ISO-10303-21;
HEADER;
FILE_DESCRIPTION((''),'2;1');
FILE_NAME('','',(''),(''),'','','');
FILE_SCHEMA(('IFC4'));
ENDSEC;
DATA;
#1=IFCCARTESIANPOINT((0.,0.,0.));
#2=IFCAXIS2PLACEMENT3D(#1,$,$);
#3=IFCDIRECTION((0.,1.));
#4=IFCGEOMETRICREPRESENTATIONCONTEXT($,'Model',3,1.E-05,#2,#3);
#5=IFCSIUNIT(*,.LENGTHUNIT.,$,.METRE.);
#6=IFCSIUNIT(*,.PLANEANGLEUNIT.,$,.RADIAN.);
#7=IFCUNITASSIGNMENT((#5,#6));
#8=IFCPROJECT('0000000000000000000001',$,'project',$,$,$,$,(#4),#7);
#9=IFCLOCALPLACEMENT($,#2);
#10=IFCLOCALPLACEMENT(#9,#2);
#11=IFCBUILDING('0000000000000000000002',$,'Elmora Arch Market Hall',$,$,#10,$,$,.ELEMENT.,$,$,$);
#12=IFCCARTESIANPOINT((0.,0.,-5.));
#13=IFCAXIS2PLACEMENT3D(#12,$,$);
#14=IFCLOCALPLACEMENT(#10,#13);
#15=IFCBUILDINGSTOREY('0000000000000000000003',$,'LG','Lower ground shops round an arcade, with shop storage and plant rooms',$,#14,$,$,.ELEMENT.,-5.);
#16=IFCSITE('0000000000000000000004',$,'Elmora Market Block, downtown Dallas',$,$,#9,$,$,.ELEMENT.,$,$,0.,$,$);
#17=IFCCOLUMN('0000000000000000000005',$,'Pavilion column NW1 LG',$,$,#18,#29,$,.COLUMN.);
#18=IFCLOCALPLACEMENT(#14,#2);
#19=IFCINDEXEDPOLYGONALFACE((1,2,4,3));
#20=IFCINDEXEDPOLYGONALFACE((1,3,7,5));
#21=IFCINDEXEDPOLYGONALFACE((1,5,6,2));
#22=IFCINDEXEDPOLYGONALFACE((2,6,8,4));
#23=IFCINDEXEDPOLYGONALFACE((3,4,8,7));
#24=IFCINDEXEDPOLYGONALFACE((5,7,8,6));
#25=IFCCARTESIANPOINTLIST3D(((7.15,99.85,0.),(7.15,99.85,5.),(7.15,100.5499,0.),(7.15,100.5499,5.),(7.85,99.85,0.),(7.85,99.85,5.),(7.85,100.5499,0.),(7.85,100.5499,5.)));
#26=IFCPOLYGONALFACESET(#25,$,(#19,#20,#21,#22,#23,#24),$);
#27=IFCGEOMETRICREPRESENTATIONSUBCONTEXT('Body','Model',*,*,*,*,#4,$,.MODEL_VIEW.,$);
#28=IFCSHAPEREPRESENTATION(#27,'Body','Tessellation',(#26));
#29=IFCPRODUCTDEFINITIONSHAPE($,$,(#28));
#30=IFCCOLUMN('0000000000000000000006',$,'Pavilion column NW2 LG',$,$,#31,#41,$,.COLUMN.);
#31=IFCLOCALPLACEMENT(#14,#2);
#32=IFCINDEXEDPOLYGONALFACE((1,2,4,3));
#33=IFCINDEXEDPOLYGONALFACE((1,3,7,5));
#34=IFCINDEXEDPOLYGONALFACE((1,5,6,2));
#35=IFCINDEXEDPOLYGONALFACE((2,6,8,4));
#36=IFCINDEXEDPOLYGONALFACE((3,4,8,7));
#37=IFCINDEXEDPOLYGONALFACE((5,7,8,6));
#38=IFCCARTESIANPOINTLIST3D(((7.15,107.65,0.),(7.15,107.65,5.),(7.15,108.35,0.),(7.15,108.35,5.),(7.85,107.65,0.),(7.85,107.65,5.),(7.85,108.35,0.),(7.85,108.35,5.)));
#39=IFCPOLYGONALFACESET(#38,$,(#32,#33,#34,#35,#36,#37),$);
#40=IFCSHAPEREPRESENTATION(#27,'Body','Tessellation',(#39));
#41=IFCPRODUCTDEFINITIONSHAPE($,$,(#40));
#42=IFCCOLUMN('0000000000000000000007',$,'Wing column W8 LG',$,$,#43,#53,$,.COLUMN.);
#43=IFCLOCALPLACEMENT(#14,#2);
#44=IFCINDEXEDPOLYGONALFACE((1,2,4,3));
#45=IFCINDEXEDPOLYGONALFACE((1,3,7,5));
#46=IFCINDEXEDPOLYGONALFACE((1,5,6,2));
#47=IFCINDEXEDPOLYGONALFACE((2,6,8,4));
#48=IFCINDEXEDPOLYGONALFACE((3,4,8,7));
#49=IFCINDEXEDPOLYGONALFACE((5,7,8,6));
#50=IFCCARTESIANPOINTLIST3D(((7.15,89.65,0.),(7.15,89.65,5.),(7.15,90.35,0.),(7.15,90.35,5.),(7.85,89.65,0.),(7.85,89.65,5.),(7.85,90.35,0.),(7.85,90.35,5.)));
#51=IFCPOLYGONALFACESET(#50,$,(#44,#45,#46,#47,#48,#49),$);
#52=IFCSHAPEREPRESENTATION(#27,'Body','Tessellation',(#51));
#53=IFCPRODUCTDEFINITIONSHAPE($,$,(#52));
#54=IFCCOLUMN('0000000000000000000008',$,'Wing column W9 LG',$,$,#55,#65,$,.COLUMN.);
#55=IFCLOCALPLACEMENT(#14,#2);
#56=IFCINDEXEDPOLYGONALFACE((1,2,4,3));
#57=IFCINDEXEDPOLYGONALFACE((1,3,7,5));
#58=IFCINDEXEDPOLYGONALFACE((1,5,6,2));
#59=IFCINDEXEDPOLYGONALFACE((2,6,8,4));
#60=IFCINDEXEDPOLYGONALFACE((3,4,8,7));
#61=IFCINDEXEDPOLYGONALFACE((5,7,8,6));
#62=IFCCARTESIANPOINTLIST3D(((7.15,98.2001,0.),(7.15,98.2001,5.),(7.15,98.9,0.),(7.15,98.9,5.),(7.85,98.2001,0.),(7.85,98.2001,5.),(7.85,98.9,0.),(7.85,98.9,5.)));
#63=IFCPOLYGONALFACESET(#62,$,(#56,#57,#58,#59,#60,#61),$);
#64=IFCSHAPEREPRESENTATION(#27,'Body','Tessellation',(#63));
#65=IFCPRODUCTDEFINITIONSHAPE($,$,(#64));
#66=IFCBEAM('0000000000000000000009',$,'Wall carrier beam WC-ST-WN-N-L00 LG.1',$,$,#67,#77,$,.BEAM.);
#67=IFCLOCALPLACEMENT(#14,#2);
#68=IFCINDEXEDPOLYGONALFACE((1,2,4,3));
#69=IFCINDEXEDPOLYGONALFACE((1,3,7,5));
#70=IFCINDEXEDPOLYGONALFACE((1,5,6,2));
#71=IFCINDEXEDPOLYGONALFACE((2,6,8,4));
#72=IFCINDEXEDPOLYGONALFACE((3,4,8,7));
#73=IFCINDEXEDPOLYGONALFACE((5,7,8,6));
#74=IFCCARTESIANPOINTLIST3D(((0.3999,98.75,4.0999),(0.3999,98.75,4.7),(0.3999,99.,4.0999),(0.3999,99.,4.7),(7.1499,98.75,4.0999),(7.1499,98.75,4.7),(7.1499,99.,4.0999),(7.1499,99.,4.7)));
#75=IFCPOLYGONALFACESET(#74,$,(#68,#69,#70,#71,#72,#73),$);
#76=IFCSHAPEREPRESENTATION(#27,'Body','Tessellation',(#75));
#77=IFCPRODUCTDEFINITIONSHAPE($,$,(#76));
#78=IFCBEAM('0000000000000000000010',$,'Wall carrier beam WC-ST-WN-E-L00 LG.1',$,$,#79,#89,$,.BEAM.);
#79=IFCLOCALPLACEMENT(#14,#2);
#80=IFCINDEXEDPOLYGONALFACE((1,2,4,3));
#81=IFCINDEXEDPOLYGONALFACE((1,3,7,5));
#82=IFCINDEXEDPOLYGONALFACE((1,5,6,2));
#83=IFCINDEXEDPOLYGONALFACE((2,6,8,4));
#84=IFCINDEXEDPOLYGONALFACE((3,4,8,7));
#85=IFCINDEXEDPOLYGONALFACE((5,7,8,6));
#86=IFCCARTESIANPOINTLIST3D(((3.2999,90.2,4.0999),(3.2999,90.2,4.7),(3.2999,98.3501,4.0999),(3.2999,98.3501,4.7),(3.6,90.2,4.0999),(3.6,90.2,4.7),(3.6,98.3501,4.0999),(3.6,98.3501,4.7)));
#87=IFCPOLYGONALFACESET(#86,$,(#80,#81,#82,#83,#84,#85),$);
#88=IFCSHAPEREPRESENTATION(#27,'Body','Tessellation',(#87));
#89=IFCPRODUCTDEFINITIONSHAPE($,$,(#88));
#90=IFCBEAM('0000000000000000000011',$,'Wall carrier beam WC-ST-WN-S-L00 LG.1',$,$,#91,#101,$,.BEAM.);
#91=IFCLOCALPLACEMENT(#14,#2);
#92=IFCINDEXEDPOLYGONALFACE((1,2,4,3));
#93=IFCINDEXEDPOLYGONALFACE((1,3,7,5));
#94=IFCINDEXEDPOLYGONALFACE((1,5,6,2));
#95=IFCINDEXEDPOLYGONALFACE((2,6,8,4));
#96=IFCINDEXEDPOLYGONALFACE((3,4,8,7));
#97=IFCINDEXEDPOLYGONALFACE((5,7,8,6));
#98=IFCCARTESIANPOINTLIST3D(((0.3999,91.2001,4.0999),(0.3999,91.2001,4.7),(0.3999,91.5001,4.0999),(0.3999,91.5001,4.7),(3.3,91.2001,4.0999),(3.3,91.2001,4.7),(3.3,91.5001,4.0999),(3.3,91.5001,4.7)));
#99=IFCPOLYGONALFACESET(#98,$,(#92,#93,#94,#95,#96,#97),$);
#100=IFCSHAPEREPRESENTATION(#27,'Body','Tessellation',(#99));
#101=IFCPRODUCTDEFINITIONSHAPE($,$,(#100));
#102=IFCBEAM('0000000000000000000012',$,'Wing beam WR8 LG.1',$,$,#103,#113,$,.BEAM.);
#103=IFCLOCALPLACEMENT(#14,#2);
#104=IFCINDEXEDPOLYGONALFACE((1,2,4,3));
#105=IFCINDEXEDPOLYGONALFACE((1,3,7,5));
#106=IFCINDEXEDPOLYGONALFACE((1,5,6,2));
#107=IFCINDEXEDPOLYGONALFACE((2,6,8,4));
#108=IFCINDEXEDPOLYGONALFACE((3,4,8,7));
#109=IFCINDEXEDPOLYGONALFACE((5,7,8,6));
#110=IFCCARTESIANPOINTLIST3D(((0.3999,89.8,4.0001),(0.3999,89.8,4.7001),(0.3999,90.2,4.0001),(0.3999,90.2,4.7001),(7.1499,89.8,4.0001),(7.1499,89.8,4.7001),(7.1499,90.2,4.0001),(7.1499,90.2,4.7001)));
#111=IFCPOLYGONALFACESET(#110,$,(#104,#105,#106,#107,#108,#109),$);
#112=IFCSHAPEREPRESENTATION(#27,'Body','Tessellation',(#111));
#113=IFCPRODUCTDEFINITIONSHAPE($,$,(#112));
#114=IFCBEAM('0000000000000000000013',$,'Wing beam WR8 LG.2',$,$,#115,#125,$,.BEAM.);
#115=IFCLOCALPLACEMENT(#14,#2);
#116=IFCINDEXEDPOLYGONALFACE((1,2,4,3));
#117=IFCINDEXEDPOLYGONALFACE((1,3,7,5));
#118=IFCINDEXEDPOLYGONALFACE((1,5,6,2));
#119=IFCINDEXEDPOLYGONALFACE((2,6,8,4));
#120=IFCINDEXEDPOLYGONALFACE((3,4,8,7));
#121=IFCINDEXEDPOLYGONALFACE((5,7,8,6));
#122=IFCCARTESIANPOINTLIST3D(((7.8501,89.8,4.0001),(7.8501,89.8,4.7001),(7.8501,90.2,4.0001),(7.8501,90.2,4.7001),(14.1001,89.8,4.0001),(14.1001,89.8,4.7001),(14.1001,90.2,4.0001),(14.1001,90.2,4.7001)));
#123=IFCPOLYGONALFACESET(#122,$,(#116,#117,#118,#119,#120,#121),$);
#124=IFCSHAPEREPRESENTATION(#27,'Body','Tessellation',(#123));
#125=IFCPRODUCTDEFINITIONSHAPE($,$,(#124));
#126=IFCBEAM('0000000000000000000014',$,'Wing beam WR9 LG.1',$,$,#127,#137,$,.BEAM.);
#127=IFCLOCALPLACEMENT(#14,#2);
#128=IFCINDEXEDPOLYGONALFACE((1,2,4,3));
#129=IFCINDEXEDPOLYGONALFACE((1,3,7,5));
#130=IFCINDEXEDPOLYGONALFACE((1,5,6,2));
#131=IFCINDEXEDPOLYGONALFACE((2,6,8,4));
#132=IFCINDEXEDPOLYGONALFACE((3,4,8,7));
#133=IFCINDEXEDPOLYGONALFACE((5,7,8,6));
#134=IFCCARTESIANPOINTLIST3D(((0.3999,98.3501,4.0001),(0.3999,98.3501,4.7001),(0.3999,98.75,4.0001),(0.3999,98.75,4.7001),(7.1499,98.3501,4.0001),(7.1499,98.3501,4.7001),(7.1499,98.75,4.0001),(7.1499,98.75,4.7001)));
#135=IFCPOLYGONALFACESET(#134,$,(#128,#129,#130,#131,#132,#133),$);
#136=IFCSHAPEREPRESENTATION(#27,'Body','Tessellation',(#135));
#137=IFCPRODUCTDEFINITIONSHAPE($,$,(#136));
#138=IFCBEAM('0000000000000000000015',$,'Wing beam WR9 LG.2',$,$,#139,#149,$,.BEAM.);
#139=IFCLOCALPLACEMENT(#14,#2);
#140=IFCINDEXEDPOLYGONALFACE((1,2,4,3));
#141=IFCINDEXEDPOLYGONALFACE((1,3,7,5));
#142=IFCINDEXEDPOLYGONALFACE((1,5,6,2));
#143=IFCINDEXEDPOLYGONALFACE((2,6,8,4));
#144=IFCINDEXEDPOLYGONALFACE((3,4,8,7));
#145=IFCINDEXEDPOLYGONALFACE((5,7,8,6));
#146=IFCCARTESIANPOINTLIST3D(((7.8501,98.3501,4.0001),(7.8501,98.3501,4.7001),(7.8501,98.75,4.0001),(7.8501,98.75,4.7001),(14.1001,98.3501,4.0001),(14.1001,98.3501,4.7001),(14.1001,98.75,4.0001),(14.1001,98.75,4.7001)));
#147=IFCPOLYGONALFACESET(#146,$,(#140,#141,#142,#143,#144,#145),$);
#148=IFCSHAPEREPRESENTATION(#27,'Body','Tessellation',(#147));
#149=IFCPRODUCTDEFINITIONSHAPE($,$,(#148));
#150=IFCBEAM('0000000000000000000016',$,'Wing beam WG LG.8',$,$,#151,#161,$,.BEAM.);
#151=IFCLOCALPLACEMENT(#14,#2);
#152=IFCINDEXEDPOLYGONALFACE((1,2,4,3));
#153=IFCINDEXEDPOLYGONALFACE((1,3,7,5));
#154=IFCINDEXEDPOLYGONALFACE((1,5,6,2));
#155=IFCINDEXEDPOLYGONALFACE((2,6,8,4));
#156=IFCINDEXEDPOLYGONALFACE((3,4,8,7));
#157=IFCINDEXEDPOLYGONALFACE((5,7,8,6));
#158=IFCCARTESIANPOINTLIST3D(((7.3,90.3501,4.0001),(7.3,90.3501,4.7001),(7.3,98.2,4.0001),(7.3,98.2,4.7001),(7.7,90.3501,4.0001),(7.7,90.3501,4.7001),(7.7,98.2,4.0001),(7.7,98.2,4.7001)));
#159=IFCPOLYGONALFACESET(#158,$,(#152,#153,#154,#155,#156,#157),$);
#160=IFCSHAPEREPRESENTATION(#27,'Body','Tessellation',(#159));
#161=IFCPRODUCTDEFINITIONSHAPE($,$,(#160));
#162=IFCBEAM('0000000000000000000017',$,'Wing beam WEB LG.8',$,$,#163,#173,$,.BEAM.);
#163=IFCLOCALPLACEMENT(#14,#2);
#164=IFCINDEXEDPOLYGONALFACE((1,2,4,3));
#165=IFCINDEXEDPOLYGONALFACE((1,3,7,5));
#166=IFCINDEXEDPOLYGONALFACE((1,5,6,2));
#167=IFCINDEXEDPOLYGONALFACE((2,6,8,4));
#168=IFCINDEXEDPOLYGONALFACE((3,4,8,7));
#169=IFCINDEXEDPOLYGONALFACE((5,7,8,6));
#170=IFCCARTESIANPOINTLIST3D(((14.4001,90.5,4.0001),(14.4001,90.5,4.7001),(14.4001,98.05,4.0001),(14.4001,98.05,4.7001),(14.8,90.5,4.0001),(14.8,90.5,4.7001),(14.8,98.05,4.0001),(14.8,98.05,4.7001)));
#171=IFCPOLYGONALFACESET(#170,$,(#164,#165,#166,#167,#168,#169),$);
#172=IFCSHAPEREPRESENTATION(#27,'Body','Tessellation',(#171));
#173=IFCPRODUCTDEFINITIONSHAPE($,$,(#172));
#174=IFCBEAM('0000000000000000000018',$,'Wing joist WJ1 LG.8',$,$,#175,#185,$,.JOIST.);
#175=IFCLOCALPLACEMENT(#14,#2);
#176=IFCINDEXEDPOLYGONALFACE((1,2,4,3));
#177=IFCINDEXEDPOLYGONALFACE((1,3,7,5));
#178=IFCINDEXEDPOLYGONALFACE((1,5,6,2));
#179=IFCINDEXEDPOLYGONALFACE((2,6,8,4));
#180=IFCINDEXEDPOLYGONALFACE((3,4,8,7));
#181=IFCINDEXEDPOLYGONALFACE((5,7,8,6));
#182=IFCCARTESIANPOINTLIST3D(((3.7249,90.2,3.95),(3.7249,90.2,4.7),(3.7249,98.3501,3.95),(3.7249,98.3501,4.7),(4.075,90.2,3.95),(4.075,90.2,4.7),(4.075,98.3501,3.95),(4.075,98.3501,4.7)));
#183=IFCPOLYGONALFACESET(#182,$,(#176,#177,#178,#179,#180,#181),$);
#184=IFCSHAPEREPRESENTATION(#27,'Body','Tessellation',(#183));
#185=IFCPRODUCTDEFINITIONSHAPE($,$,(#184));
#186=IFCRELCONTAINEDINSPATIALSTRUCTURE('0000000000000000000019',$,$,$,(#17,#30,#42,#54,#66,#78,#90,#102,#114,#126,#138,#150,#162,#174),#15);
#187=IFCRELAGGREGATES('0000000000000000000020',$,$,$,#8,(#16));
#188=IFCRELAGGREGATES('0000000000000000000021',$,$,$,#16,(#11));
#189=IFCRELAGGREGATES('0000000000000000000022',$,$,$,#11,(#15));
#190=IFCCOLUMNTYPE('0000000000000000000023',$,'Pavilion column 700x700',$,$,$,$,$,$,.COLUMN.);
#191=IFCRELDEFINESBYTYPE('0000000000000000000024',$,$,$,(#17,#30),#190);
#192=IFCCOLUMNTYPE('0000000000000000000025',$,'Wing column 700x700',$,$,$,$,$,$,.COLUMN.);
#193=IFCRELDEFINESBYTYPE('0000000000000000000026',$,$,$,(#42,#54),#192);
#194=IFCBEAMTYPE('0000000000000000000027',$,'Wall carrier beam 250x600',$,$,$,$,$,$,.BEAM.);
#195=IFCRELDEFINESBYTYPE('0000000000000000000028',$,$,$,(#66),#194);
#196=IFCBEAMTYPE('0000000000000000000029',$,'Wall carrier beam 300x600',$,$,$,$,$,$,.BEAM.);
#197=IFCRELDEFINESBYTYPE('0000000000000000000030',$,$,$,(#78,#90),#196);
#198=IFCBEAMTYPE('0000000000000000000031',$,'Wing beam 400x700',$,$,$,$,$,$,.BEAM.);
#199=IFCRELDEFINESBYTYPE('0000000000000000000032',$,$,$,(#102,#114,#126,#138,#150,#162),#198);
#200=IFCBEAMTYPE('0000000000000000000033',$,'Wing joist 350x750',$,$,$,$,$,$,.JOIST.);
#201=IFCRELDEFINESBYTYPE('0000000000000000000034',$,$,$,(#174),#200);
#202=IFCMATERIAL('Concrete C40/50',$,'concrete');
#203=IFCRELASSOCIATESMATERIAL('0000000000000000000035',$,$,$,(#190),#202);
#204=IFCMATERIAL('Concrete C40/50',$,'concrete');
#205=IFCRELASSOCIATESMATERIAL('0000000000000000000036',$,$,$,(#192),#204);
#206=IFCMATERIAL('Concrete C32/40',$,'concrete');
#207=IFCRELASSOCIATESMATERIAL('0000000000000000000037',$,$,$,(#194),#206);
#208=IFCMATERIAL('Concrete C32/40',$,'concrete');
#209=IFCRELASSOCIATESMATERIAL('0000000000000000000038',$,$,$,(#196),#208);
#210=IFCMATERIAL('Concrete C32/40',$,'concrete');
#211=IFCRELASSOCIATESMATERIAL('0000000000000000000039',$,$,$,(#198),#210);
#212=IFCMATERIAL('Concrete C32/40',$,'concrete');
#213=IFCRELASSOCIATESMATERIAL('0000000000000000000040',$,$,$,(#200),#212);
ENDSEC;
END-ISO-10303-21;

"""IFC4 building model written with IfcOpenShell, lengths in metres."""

from ifc_helpers import new_model, si_unit, direction, frame, origin, origin_2d, place, context, subcontext, project, spatial, rectangle, extrude, material, material_profile, profile_set, type_object, element, save


model = new_model("IFC4")

# Units and contexts
model_context = context("Model", 3, precision=1e-05, world=origin(), true_north=direction((0.0, 1.0)))
body_context = subcontext(model_context, "Body", "Model", "MODEL_VIEW")
ifc_project = project(units=[si_unit("LENGTHUNIT", "METRE"), si_unit("PLANEANGLEUNIT", "RADIAN")], contexts=[model_context])

# Site, building, storey
site_placement = place(None, origin())
site = spatial("IfcSite", under=ifc_project, at=site_placement, Name="Elmora Market Block, downtown Dallas", CompositionType="ELEMENT", RefElevation=0.0)
building_placement = place(site_placement, origin())
building = spatial("IfcBuilding", under=site, at=building_placement, Name="Elmora Arch Market Hall", CompositionType="ELEMENT")
storey_placement = place(building_placement, frame((0.0, 0.0, -5.0)))
storey = spatial("IfcBuildingStorey", under=building, at=storey_placement, Name="LG", Description="Lower ground shops round an arcade, with shop storage and plant rooms", CompositionType="ELEMENT", Elevation=-5.0)

# Columns
ifc_material_1 = material(Name="Concrete C40/50", Category="concrete")
ifc_material_profile_1 = material_profile(ifc_material_1, rectangle(XDim=0.7, YDim=0.7, at=origin_2d()), Name="Pavilion column 700x700")
ifc_profile_set_1 = profile_set([ifc_material_profile_1], Name="Concrete C40/50")
column_type_1 = type_object("IfcColumnType", Name="Pavilion column 700x700", PredefinedType="COLUMN", material=ifc_profile_set_1)
for number, where, z_axis, x_axis, name in (
    (1, (7.5, 100.2, 0.0), (0.0, 0.0, 1.0), (1.0, 0.0, 0.0), "Pavilion column NW1 LG"),
    (2, (7.5, 108.0, 0.0), (0.0, 0.0, 1.0), (1.0, 0.0, 0.0), "Pavilion column NW2 LG"),
):
    element("IfcColumn", number, at=place(storey_placement, frame(where, z_axis=z_axis, x_axis=x_axis)), inside=storey, type_object=column_type_1, Name=name, PredefinedType="COLUMN", context=body_context, shape_type="SweptSolid", body=[
        extrude(rectangle(XDim=0.7, YDim=0.7, at=origin_2d()), origin(), (0.0, 0.0, 1.0), 5.0),
    ])
ifc_material_2 = material(Name="Concrete C40/50", Category="concrete")
ifc_material_profile_2 = material_profile(ifc_material_2, rectangle(XDim=0.7, YDim=0.7, at=origin_2d()), Name="Wing column 700x700")
ifc_profile_set_2 = profile_set([ifc_material_profile_2], Name="Concrete C40/50")
column_type_2 = type_object("IfcColumnType", Name="Wing column 700x700", PredefinedType="COLUMN", material=ifc_profile_set_2)
for number, where, z_axis, x_axis, name in (
    (3, (7.5, 90.0, 0.0), (0.0, 0.0, 1.0), (1.0, 0.0, 0.0), "Wing column W8 LG"),
    (4, (7.5, 98.55, 0.0), (0.0, 0.0, 1.0), (1.0, 0.0, 0.0), "Wing column W9 LG"),
):
    element("IfcColumn", number, at=place(storey_placement, frame(where, z_axis=z_axis, x_axis=x_axis)), inside=storey, type_object=column_type_2, Name=name, PredefinedType="COLUMN", context=body_context, shape_type="SweptSolid", body=[
        extrude(rectangle(XDim=0.7, YDim=0.7, at=origin_2d()), origin(), (0.0, 0.0, 1.0), 5.0),
    ])

# Beams
ifc_material_3 = material(Name="Concrete C32/40", Category="concrete")
ifc_material_profile_3 = material_profile(ifc_material_3, rectangle(XDim=0.25, YDim=0.6001, at=origin_2d()), Name="Wall carrier beam 250x600")
ifc_profile_set_3 = profile_set([ifc_material_profile_3], Name="Concrete C32/40")
beam_type_1 = type_object("IfcBeamType", Name="Wall carrier beam 250x600", PredefinedType="BEAM", material=ifc_profile_set_3)
beam_1_placement = place(storey_placement, frame((0.3999, 98.875, 4.3999), z_axis=(1.0, 0.0, 0.0), x_axis=(0.0, 1.0, 0.0)))
element("IfcBeam", 5, at=beam_1_placement, inside=storey, type_object=beam_type_1, Name="Wall carrier beam WC-ST-WN-N-L00 LG.1", PredefinedType="BEAM", context=body_context, shape_type="SweptSolid", body=[
    extrude(rectangle(XDim=0.25, YDim=0.6001, at=origin_2d()), origin(), (0.0, 0.0, 1.0), 6.75),
])
ifc_material_4 = material(Name="Concrete C32/40", Category="concrete")
ifc_material_profile_4 = material_profile(ifc_material_4, rectangle(XDim=0.3, YDim=0.6001, at=origin_2d()), Name="Wall carrier beam 300x600")
ifc_profile_set_4 = profile_set([ifc_material_profile_4], Name="Concrete C32/40")
beam_type_2 = type_object("IfcBeamType", Name="Wall carrier beam 300x600", PredefinedType="BEAM", material=ifc_profile_set_4)
beam_2_placement = place(storey_placement, frame((3.45, 90.2, 4.3999), z_axis=(0.0, 1.0, 0.0), x_axis=(-1.0, 0.0, 0.0)))
element("IfcBeam", 6, at=beam_2_placement, inside=storey, type_object=beam_type_2, Name="Wall carrier beam WC-ST-WN-E-L00 LG.1", PredefinedType="BEAM", context=body_context, shape_type="SweptSolid", body=[
    extrude(rectangle(XDim=0.3, YDim=0.6001, at=origin_2d()), origin(), (0.0, 0.0, 1.0), 8.1501),
])
beam_3_placement = place(storey_placement, frame((0.3999, 91.3501, 4.3999), z_axis=(1.0, 0.0, 0.0), x_axis=(0.0, 1.0, 0.0)))
element("IfcBeam", 7, at=beam_3_placement, inside=storey, type_object=beam_type_2, Name="Wall carrier beam WC-ST-WN-S-L00 LG.1", PredefinedType="BEAM", context=body_context, shape_type="SweptSolid", body=[
    extrude(rectangle(XDim=0.3, YDim=0.6001, at=origin_2d()), origin(), (0.0, 0.0, 1.0), 2.9001),
])
ifc_material_5 = material(Name="Concrete C32/40", Category="concrete")
ifc_material_profile_5 = material_profile(ifc_material_5, rectangle(XDim=0.3999, YDim=0.7, at=origin_2d()), Name="Wing beam 400x700")
ifc_profile_set_5 = profile_set([ifc_material_profile_5], Name="Concrete C32/40")
beam_type_3 = type_object("IfcBeamType", Name="Wing beam 400x700", PredefinedType="BEAM", material=ifc_profile_set_5)
beam_4_placement = place(storey_placement, frame((0.3999, 90.0, 4.3501), z_axis=(1.0, 0.0, 0.0), x_axis=(0.0, 1.0, 0.0)))
element("IfcBeam", 8, at=beam_4_placement, inside=storey, type_object=beam_type_3, Name="Wing beam WR8 LG.1", PredefinedType="BEAM", context=body_context, shape_type="SweptSolid", body=[
    extrude(rectangle(XDim=0.3999, YDim=0.7, at=origin_2d()), origin(), (0.0, 0.0, 1.0), 6.75),
])
beam_5_placement = place(storey_placement, frame((7.8501, 90.0, 4.3501), z_axis=(1.0, 0.0, 0.0), x_axis=(0.0, 1.0, 0.0)))
element("IfcBeam", 9, at=beam_5_placement, inside=storey, type_object=beam_type_3, Name="Wing beam WR8 LG.2", PredefinedType="BEAM", context=body_context, shape_type="SweptSolid", body=[
    extrude(rectangle(XDim=0.3999, YDim=0.7, at=origin_2d()), origin(), (0.0, 0.0, 1.0), 6.25),
])
beam_6_placement = place(storey_placement, frame((0.3999, 98.55, 4.3501), z_axis=(1.0, 0.0, 0.0), x_axis=(0.0, 1.0, 0.0)))
element("IfcBeam", 10, at=beam_6_placement, inside=storey, type_object=beam_type_3, Name="Wing beam WR9 LG.1", PredefinedType="BEAM", context=body_context, shape_type="SweptSolid", body=[
    extrude(rectangle(XDim=0.3999, YDim=0.7, at=origin_2d()), origin(), (0.0, 0.0, 1.0), 6.75),
])
beam_7_placement = place(storey_placement, frame((7.8501, 98.55, 4.3501), z_axis=(1.0, 0.0, 0.0), x_axis=(0.0, 1.0, 0.0)))
element("IfcBeam", 11, at=beam_7_placement, inside=storey, type_object=beam_type_3, Name="Wing beam WR9 LG.2", PredefinedType="BEAM", context=body_context, shape_type="SweptSolid", body=[
    extrude(rectangle(XDim=0.3999, YDim=0.7, at=origin_2d()), origin(), (0.0, 0.0, 1.0), 6.25),
])
beam_8_placement = place(storey_placement, frame((7.5, 90.3501, 4.3501), z_axis=(0.0, 1.0, 0.0), x_axis=(-1.0, 0.0, 0.0)))
element("IfcBeam", 12, at=beam_8_placement, inside=storey, type_object=beam_type_3, Name="Wing beam WG LG.8", PredefinedType="BEAM", context=body_context, shape_type="SweptSolid", body=[
    extrude(rectangle(XDim=0.3999, YDim=0.7, at=origin_2d()), origin(), (0.0, 0.0, 1.0), 7.8499),
])
beam_9_placement = place(storey_placement, frame((14.6001, 90.5, 4.3501), z_axis=(0.0, 1.0, 0.0), x_axis=(-1.0, 0.0, 0.0)))
element("IfcBeam", 13, at=beam_9_placement, inside=storey, type_object=beam_type_3, Name="Wing beam WEB LG.8", PredefinedType="BEAM", context=body_context, shape_type="SweptSolid", body=[
    extrude(rectangle(XDim=0.3999, YDim=0.7, at=origin_2d()), origin(), (0.0, 0.0, 1.0), 7.55),
])
ifc_material_6 = material(Name="Concrete C32/40", Category="concrete")
ifc_material_profile_6 = material_profile(ifc_material_6, rectangle(XDim=0.3501, YDim=0.75, at=origin_2d()), Name="Wing joist 350x750")
ifc_profile_set_6 = profile_set([ifc_material_profile_6], Name="Concrete C32/40")
beam_type_4 = type_object("IfcBeamType", Name="Wing joist 350x750", PredefinedType="JOIST", material=ifc_profile_set_6)
for number, where, z_axis, x_axis, name in (
    (14, (3.8999, 90.2, 4.325), (0.0, 1.0, 0.0), (-1.0, 0.0, 0.0), "Wing joist WJ1 LG.8"),
):
    element("IfcBeam", number, at=place(storey_placement, frame(where, z_axis=z_axis, x_axis=x_axis)), inside=storey, type_object=beam_type_4, Name=name, PredefinedType="JOIST", context=body_context, shape_type="SweptSolid", body=[
        extrude(rectangle(XDim=0.3501, YDim=0.75, at=origin_2d()), origin(), (0.0, 0.0, 1.0), 8.1501),
    ])

save(model, "model.ifc")
